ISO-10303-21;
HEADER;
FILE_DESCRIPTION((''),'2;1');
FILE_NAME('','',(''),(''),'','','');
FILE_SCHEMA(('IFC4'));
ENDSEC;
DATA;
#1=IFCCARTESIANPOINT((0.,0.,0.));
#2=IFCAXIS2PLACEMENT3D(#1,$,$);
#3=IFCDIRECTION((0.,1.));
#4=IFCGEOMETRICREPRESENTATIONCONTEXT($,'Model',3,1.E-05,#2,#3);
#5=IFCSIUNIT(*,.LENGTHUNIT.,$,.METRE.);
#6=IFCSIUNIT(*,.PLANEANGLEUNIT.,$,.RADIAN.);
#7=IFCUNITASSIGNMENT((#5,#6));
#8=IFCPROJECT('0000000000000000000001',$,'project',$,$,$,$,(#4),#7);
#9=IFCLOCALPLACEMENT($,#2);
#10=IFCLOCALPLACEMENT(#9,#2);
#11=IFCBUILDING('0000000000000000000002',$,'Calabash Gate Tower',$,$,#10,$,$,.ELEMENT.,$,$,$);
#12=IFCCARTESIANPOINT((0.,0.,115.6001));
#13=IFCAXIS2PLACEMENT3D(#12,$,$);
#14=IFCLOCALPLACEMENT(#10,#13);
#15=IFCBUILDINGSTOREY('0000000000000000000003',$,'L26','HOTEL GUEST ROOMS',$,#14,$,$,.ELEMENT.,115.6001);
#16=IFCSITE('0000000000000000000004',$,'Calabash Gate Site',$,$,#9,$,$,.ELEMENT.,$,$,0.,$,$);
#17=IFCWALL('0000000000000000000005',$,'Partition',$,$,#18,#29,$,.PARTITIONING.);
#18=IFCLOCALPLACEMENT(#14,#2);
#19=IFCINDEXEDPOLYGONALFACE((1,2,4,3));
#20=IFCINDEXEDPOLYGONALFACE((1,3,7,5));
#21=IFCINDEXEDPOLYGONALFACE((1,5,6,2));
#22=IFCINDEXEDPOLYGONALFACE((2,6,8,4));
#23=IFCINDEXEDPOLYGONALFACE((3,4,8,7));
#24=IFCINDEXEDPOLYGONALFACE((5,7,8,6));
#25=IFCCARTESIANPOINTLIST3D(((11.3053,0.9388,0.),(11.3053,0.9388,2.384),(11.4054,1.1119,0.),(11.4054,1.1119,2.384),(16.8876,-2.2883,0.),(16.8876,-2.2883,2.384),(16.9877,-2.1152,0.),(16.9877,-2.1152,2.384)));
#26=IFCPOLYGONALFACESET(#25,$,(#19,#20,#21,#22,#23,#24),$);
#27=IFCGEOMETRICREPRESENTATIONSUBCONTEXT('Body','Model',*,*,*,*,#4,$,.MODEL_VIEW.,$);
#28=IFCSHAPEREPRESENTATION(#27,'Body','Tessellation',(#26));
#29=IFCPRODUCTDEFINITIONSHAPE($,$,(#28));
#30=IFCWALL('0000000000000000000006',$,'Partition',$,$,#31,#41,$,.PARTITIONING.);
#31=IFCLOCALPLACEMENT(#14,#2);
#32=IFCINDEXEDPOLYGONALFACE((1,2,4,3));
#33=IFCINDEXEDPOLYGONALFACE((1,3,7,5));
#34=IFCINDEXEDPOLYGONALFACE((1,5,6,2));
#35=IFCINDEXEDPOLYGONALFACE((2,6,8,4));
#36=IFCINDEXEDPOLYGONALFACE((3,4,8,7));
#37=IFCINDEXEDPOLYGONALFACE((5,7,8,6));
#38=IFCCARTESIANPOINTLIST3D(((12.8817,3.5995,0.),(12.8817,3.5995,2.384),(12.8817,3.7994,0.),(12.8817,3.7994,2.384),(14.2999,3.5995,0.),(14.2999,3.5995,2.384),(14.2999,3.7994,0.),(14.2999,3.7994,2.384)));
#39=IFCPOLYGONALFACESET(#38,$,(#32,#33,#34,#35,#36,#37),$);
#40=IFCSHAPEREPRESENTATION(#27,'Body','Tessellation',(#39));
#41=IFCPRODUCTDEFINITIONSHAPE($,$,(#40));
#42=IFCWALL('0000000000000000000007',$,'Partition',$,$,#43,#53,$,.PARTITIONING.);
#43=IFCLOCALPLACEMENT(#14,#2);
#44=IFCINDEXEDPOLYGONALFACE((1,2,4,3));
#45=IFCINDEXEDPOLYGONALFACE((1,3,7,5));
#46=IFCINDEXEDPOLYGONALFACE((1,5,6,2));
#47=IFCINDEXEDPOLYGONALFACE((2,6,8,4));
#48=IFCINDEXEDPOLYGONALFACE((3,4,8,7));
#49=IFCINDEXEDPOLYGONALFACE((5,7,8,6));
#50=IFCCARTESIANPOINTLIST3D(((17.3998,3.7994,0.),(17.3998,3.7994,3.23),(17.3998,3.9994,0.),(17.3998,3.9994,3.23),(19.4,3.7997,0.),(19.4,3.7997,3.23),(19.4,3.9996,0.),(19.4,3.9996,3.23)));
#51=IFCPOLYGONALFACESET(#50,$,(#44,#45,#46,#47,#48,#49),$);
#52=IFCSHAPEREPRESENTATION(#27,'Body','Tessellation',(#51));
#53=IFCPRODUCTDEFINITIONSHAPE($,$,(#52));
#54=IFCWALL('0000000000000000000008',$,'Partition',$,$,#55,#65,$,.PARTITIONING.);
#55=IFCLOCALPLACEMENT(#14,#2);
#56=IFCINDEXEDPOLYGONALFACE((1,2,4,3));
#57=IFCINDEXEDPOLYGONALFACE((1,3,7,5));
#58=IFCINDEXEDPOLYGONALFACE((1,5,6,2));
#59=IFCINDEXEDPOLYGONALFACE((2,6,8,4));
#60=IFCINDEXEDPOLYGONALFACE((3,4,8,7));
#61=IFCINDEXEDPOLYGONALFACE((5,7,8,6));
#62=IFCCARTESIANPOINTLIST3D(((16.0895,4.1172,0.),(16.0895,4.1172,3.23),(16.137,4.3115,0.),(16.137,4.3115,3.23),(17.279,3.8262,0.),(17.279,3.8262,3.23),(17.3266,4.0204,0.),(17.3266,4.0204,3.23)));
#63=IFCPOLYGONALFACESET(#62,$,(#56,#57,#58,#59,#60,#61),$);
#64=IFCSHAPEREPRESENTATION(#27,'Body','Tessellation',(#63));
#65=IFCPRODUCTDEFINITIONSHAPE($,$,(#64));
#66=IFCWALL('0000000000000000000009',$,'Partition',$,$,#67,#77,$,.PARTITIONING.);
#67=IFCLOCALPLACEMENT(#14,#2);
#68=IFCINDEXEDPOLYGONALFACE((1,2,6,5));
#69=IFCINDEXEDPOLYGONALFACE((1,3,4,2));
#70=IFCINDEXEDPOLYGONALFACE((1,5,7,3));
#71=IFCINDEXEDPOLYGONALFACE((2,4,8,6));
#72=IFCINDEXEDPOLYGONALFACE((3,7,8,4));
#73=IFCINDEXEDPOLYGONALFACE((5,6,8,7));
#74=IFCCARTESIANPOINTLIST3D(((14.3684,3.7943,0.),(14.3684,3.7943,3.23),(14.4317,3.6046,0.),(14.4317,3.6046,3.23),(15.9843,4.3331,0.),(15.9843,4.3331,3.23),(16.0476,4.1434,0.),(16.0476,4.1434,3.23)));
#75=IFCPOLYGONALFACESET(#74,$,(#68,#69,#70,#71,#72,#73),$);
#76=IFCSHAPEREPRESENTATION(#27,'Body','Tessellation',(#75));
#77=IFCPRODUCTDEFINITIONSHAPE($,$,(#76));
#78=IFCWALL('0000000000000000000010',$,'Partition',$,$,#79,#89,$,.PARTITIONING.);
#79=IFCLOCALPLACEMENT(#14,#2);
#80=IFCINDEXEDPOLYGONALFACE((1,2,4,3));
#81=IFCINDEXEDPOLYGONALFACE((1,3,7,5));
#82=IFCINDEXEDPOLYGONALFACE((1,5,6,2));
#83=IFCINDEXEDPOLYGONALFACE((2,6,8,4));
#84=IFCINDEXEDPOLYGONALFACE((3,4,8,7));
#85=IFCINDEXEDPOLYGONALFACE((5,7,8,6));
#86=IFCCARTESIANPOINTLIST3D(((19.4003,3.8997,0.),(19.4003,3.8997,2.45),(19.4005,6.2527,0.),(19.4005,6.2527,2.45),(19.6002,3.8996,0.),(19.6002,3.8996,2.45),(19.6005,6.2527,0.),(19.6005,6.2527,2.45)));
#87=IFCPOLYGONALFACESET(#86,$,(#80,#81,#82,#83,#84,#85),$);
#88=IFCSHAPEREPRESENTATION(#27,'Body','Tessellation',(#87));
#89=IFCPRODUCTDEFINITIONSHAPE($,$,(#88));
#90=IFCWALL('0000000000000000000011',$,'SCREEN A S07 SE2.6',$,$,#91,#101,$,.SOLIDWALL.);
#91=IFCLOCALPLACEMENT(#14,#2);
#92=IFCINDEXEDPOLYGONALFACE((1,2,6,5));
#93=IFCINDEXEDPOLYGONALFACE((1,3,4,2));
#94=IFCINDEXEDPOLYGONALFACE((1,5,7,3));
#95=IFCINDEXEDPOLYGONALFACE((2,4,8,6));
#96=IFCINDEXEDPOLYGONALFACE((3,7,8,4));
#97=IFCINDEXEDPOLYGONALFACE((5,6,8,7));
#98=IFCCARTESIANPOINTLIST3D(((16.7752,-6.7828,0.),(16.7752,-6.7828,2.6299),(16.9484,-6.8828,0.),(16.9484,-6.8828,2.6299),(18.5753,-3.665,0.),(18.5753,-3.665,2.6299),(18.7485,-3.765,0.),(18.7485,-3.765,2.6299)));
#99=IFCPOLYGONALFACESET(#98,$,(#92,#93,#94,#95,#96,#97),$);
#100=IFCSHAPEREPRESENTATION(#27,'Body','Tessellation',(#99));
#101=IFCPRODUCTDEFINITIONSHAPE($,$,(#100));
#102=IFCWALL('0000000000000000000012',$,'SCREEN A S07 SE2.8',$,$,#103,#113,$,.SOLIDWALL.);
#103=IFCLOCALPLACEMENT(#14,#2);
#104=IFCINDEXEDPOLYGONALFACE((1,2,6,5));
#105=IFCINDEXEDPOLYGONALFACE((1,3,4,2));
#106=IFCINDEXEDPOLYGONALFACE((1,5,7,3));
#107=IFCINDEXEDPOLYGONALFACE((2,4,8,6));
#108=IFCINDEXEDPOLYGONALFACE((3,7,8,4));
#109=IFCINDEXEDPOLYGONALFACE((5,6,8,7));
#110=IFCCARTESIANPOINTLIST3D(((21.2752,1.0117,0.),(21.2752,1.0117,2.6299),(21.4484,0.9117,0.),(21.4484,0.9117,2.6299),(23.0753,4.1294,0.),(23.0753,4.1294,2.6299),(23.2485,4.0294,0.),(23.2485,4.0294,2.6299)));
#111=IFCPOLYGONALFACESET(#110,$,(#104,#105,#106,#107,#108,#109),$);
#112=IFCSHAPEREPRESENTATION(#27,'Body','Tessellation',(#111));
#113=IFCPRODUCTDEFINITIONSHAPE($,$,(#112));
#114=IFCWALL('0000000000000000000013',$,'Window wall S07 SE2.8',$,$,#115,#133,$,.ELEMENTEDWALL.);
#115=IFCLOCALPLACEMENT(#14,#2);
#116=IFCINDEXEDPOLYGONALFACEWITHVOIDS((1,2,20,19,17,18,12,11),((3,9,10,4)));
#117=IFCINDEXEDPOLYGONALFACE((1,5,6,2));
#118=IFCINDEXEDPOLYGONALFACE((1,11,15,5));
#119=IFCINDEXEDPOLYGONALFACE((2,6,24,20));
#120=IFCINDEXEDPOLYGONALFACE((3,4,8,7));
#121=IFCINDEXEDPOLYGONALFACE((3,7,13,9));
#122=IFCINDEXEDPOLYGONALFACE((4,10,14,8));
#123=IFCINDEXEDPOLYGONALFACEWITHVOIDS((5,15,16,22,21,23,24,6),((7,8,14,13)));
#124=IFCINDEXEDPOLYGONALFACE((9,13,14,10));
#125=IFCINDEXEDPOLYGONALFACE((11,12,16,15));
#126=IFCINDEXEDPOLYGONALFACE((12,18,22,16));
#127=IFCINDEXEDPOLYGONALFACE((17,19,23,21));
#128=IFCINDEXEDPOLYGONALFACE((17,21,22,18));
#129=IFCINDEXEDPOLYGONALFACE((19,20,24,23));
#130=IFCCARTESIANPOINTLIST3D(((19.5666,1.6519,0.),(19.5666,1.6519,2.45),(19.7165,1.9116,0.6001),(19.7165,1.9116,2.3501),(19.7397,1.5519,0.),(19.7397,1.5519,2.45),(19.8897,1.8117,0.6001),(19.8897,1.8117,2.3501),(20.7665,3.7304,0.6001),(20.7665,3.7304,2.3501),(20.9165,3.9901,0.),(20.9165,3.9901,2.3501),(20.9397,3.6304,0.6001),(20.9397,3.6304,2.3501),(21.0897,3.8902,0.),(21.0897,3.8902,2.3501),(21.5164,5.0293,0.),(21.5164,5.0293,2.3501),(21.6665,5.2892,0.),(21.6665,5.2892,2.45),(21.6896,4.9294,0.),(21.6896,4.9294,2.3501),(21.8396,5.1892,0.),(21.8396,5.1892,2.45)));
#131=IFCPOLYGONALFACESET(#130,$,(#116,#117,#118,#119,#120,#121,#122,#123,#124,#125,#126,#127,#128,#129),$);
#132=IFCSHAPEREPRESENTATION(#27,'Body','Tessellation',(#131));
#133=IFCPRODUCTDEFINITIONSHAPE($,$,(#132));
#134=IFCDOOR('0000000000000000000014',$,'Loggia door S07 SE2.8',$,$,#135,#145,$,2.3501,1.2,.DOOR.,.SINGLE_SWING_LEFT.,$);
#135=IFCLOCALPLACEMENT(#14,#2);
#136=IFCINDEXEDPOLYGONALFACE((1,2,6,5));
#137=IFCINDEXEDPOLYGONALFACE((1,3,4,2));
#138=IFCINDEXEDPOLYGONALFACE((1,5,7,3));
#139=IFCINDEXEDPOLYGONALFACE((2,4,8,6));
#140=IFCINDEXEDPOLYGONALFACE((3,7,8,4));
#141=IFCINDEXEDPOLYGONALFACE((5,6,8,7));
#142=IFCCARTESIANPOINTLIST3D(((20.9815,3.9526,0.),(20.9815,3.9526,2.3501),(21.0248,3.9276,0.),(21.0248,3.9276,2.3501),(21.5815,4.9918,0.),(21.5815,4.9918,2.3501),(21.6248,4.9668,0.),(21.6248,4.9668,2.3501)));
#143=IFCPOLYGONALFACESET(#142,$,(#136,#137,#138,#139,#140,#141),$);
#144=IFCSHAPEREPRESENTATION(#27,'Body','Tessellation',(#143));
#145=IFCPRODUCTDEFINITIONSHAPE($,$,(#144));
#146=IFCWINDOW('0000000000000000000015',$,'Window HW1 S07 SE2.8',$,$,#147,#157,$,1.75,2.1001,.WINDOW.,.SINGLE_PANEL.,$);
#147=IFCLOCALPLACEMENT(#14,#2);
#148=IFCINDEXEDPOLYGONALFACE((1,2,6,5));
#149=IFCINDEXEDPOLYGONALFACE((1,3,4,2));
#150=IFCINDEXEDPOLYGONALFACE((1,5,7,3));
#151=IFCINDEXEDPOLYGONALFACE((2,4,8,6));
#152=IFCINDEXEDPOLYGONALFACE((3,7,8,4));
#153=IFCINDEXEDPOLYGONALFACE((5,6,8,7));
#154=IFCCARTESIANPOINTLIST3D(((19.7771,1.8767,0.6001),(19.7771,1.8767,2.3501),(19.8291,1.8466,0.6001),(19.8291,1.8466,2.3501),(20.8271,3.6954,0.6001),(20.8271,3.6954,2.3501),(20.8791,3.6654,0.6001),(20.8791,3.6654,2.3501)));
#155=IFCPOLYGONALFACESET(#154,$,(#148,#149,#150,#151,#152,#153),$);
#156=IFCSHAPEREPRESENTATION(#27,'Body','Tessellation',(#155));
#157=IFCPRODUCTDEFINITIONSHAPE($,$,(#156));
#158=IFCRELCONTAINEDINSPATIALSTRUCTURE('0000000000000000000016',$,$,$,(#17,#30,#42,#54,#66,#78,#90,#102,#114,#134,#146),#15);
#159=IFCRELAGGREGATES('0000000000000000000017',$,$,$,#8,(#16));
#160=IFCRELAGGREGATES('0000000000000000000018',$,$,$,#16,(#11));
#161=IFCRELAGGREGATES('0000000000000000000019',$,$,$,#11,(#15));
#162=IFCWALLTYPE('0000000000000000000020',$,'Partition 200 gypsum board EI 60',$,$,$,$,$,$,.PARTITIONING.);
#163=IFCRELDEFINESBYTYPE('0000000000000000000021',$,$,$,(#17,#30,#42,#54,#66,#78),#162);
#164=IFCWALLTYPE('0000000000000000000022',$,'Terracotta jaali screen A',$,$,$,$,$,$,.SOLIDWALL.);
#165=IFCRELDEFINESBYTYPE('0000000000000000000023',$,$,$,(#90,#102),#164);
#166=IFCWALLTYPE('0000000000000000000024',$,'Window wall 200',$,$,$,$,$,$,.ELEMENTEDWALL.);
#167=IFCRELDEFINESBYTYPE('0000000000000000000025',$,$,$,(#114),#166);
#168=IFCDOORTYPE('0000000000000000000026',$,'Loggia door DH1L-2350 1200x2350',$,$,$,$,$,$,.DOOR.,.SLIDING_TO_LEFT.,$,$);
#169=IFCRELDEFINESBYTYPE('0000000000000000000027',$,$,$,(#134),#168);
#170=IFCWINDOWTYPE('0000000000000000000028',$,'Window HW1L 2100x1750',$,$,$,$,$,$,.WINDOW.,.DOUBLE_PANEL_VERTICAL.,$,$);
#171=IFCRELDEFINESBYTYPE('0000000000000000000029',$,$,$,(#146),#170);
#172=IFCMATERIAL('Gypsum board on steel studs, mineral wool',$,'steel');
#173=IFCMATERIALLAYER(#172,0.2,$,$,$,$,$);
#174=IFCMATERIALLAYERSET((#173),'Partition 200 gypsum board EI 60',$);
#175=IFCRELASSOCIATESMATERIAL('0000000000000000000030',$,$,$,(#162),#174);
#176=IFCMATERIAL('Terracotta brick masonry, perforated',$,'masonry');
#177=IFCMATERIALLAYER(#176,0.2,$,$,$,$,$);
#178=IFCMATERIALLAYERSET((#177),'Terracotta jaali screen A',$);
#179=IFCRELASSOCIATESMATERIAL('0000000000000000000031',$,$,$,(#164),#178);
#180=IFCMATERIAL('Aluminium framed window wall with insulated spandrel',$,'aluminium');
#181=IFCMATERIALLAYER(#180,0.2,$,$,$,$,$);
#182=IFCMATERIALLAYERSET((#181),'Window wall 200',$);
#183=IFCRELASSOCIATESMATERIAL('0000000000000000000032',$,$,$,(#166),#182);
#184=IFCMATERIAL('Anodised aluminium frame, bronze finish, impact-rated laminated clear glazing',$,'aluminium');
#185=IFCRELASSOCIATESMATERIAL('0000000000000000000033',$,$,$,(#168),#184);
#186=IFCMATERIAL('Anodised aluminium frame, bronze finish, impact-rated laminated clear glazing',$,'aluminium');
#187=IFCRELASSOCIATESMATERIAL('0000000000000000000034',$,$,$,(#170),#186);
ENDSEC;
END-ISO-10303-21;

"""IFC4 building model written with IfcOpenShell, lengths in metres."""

from ifc_helpers import new_model, si_unit, direction, frame, frame_2d, origin, place, context, subcontext, project, spatial, rectangle, extrude, material, layer, layer_set, type_object, element, fill, save


model = new_model("IFC4")

# Units and contexts
model_context = context("Model", 3, precision=1e-05, world=origin(), true_north=direction((0.0, 1.0)))
body_context = subcontext(model_context, "Body", "Model", "MODEL_VIEW")
ifc_project = project(units=[si_unit("LENGTHUNIT", "METRE"), si_unit("PLANEANGLEUNIT", "RADIAN")], contexts=[model_context])

# Site, building, storey
site_placement = place(None, origin())
site = spatial("IfcSite", under=ifc_project, at=site_placement, Name="Calabash Gate Site", CompositionType="ELEMENT", RefElevation=0.0)
building_placement = place(site_placement, origin())
building = spatial("IfcBuilding", under=site, at=building_placement, Name="Calabash Gate Tower", CompositionType="ELEMENT")
storey_placement = place(building_placement, frame((0.0, 0.0, 115.6001)))
storey = spatial("IfcBuildingStorey", under=building, at=storey_placement, Name="L26", Description="HOTEL GUEST ROOMS", CompositionType="ELEMENT", Elevation=115.6001)

# Walls
ifc_material_1 = material(Name="Gypsum board on steel studs, mineral wool", Category="steel")
ifc_layer_1 = layer(ifc_material_1, 0.2)
ifc_layer_set_1 = layer_set([ifc_layer_1], Name="Partition 200 gypsum board EI 60")
wall_type_1 = type_object("IfcWallType", Name="Partition 200 gypsum board EI 60", PredefinedType="PARTITIONING", material=ifc_layer_set_1)
wall_1_placement = place(storey_placement, frame((11.3552, 1.0254, 0.0), z_axis=(0.0, 0.0, 1.0), x_axis=(0.865748, -0.500479, 0.0)))
element("IfcWall", 1, at=wall_1_placement, inside=storey, type_object=wall_type_1, Name="Partition", PredefinedType="PARTITIONING", context=body_context, shape_type="SweptSolid", body=[
    extrude(rectangle(XDim=6.448, YDim=0.2, at=frame_2d((3.2241, 0.0))), origin(), (0.0, 0.0, 1.0), 2.384),
])
wall_2_placement = place(storey_placement, frame((12.8818, 3.6995, 0.0), z_axis=(0.0, 0.0, 1.0), x_axis=(1.0, 0.0, 0.0)))
element("IfcWall", 2, at=wall_2_placement, inside=storey, type_object=wall_type_1, Name="Partition", PredefinedType="PARTITIONING", context=body_context, shape_type="SweptSolid", body=[
    extrude(rectangle(XDim=1.4182, YDim=0.2, at=frame_2d((0.709, 0.0))), origin(), (0.0, 0.0, 1.0), 2.384),
])
wall_3_placement = place(storey_placement, frame((17.3999, 3.8994, 0.0), z_axis=(0.0, 0.0, 1.0), x_axis=(1.0, 0.000122, 0.0)))
element("IfcWall", 3, at=wall_3_placement, inside=storey, type_object=wall_type_1, Name="Partition", PredefinedType="PARTITIONING", context=body_context, shape_type="SweptSolid", body=[
    extrude(rectangle(XDim=2.0002, YDim=0.2, at=frame_2d((1.0, 0.0))), origin(), (0.0, 0.0, 1.0), 3.23),
])
wall_4_placement = place(storey_placement, frame((16.1133, 4.2144, 0.0), z_axis=(0.0, 0.0, 1.0), x_axis=(0.97135, -0.237654, 0.0)))
element("IfcWall", 4, at=wall_4_placement, inside=storey, type_object=wall_type_1, Name="Partition", PredefinedType="PARTITIONING", context=body_context, shape_type="SweptSolid", body=[
    extrude(rectangle(XDim=1.2246, YDim=0.2, at=frame_2d((0.6123, 0.0))), origin(), (0.0, 0.0, 1.0), 3.23),
])
wall_5_placement = place(storey_placement, frame((14.4001, 3.6995, 0.0), z_axis=(0.0, 0.0, 1.0), x_axis=(0.948655, 0.316314, 0.0)))
element("IfcWall", 5, at=wall_5_placement, inside=storey, type_object=wall_type_1, Name="Partition", PredefinedType="PARTITIONING", context=body_context, shape_type="SweptSolid", body=[
    extrude(rectangle(XDim=1.7034, YDim=0.2, at=frame_2d((0.8516, 0.0))), origin(), (0.0, 0.0, 1.0), 3.23),
])
wall_6_placement = place(storey_placement, frame((19.5002, 3.8997, 0.0), z_axis=(0.0, 0.0, 1.0), x_axis=(0.000104, 1.0, 0.0)))
element("IfcWall", 6, at=wall_6_placement, inside=storey, type_object=wall_type_1, Name="Partition", PredefinedType="PARTITIONING", context=body_context, shape_type="SweptSolid", body=[
    extrude(rectangle(XDim=2.353, YDim=0.2, at=frame_2d((1.1765, 0.0))), origin(), (0.0, 0.0, 1.0), 2.45),
])
ifc_material_2 = material(Name="Terracotta brick masonry, perforated", Category="masonry")
ifc_layer_2 = layer(ifc_material_2, 0.2)
ifc_layer_set_2 = layer_set([ifc_layer_2], Name="Terracotta jaali screen A")
wall_type_2 = type_object("IfcWallType", Name="Terracotta jaali screen A", PredefinedType="SOLIDWALL", material=ifc_layer_set_2)
for number, where, z_axis, x_axis, name in (
    (7, (16.8618, -6.8328, 0.0), (0.0, 0.0, 1.0), (0.500012, 0.866018, 0.0), "SCREEN A S07 SE2.6"),
    (8, (21.3618, 0.9617, 0.0), (0.0, 0.0, 1.0), (0.500012, 0.866018, 0.0), "SCREEN A S07 SE2.8"),
):
    element("IfcWall", number, at=place(storey_placement, frame(where, z_axis=z_axis, x_axis=x_axis)), inside=storey, type_object=wall_type_2, Name=name, PredefinedType="SOLIDWALL", context=body_context, shape_type="SweptSolid", body=[
        extrude(rectangle(XDim=3.6001, YDim=0.2, at=frame_2d((1.8, 0.0))), origin(), (0.0, 0.0, 1.0), 2.6299),
    ])

# Wall, openings, door, window
ifc_material_3 = material(Name="Aluminium framed window wall with insulated spandrel", Category="aluminium")
ifc_layer_3 = layer(ifc_material_3, 0.2)
ifc_layer_set_3 = layer_set([ifc_layer_3], Name="Window wall 200")
wall_type_3 = type_object("IfcWallType", Name="Window wall 200", PredefinedType="ELEMENTEDWALL", material=ifc_layer_set_3)
wall_7_placement = place(storey_placement, frame((19.6531, 1.6018, 0.0), z_axis=(0.0, 0.0, 1.0), x_axis=(0.499984, 0.866035, 0.0)))
wall_7 = element("IfcWall", 9, at=wall_7_placement, inside=storey, type_object=wall_type_3, Name="Window wall S07 SE2.8", PredefinedType="ELEMENTEDWALL", context=body_context, shape_type="SweptSolid", body=[
    extrude(rectangle(XDim=4.2, YDim=0.2, at=frame_2d((2.1001, 0.0))), origin(), (0.0, 0.0, 1.0), 2.45),
])
opening_1_placement = place(wall_7_placement, frame((0.3, 0.0, 0.6001)))
opening_1 = element("IfcOpeningElement", 10, at=opening_1_placement, cuts=wall_7, PredefinedType="OPENING", context=body_context, shape_type="SweptSolid", body=[
    extrude(rectangle(XDim=2.1001, YDim=1.75, at=frame_2d((1.05, 0.875))), frame((0.0, 0.1099, 0.0), z_axis=(0.0, -1.0, 0.0), x_axis=(1.0, 0.0, 0.0)), (0.0, 0.0, 1.0), 0.22),
])
opening_2_placement = place(wall_7_placement, frame((2.7, 0.0, 0.0)))
opening_2 = element("IfcOpeningElement", 11, at=opening_2_placement, cuts=wall_7, PredefinedType="OPENING", context=body_context, shape_type="SweptSolid", body=[
    extrude(rectangle(XDim=1.2, YDim=2.3501, at=frame_2d((0.6001, 1.175))), frame((0.0, 0.1099, 0.0), z_axis=(0.0, -1.0, 0.0), x_axis=(1.0, 0.0, 0.0)), (0.0, 0.0, 1.0), 0.22),
])
ifc_material_4 = material(Name="Anodised aluminium frame, bronze finish, impact-rated laminated clear glazing", Category="aluminium")
door_type_1 = type_object("IfcDoorType", Name="Loggia door DH1L-2350 1200x2350", OperationType="SLIDING_TO_LEFT", PredefinedType="DOOR", material=ifc_material_4)
door_1_placement = place(opening_2_placement, origin())
door_1 = element("IfcDoor", 12, at=door_1_placement, inside=storey, type_object=door_type_1, Name="Loggia door S07 SE2.8", OperationType="SINGLE_SWING_LEFT", OverallHeight=2.3501, OverallWidth=1.2, PredefinedType="DOOR", context=body_context, shape_type="SweptSolid", body=[
    extrude(rectangle(XDim=1.2, YDim=2.3501, at=frame_2d((0.6001, 1.175))), frame((0.0, 0.0249, 0.0), z_axis=(0.0, -1.0, 0.0), x_axis=(1.0, 0.0, 0.0)), (0.0, 0.0, 1.0), 0.05),
])
fill(opening_2, door_1)
ifc_material_5 = material(Name="Anodised aluminium frame, bronze finish, impact-rated laminated clear glazing", Category="aluminium")
window_type_1 = type_object("IfcWindowType", Name="Window HW1L 2100x1750", PartitioningType="DOUBLE_PANEL_VERTICAL", PredefinedType="WINDOW", material=ifc_material_5)
window_1_placement = place(opening_1_placement, origin())
window_1 = element("IfcWindow", 13, at=window_1_placement, inside=storey, type_object=window_type_1, Name="Window HW1 S07 SE2.8", OverallHeight=1.75, OverallWidth=2.1001, PartitioningType="SINGLE_PANEL", PredefinedType="WINDOW", context=body_context, shape_type="SweptSolid", body=[
    extrude(rectangle(XDim=2.1001, YDim=1.75, at=frame_2d((1.05, 0.875))), frame((0.0, 0.03, 0.0), z_axis=(0.0, -1.0, 0.0), x_axis=(1.0, 0.0, 0.0)), (0.0, 0.0, 1.0), 0.0601),
])
fill(opening_1, window_1)

save(model, "model.ifc")
